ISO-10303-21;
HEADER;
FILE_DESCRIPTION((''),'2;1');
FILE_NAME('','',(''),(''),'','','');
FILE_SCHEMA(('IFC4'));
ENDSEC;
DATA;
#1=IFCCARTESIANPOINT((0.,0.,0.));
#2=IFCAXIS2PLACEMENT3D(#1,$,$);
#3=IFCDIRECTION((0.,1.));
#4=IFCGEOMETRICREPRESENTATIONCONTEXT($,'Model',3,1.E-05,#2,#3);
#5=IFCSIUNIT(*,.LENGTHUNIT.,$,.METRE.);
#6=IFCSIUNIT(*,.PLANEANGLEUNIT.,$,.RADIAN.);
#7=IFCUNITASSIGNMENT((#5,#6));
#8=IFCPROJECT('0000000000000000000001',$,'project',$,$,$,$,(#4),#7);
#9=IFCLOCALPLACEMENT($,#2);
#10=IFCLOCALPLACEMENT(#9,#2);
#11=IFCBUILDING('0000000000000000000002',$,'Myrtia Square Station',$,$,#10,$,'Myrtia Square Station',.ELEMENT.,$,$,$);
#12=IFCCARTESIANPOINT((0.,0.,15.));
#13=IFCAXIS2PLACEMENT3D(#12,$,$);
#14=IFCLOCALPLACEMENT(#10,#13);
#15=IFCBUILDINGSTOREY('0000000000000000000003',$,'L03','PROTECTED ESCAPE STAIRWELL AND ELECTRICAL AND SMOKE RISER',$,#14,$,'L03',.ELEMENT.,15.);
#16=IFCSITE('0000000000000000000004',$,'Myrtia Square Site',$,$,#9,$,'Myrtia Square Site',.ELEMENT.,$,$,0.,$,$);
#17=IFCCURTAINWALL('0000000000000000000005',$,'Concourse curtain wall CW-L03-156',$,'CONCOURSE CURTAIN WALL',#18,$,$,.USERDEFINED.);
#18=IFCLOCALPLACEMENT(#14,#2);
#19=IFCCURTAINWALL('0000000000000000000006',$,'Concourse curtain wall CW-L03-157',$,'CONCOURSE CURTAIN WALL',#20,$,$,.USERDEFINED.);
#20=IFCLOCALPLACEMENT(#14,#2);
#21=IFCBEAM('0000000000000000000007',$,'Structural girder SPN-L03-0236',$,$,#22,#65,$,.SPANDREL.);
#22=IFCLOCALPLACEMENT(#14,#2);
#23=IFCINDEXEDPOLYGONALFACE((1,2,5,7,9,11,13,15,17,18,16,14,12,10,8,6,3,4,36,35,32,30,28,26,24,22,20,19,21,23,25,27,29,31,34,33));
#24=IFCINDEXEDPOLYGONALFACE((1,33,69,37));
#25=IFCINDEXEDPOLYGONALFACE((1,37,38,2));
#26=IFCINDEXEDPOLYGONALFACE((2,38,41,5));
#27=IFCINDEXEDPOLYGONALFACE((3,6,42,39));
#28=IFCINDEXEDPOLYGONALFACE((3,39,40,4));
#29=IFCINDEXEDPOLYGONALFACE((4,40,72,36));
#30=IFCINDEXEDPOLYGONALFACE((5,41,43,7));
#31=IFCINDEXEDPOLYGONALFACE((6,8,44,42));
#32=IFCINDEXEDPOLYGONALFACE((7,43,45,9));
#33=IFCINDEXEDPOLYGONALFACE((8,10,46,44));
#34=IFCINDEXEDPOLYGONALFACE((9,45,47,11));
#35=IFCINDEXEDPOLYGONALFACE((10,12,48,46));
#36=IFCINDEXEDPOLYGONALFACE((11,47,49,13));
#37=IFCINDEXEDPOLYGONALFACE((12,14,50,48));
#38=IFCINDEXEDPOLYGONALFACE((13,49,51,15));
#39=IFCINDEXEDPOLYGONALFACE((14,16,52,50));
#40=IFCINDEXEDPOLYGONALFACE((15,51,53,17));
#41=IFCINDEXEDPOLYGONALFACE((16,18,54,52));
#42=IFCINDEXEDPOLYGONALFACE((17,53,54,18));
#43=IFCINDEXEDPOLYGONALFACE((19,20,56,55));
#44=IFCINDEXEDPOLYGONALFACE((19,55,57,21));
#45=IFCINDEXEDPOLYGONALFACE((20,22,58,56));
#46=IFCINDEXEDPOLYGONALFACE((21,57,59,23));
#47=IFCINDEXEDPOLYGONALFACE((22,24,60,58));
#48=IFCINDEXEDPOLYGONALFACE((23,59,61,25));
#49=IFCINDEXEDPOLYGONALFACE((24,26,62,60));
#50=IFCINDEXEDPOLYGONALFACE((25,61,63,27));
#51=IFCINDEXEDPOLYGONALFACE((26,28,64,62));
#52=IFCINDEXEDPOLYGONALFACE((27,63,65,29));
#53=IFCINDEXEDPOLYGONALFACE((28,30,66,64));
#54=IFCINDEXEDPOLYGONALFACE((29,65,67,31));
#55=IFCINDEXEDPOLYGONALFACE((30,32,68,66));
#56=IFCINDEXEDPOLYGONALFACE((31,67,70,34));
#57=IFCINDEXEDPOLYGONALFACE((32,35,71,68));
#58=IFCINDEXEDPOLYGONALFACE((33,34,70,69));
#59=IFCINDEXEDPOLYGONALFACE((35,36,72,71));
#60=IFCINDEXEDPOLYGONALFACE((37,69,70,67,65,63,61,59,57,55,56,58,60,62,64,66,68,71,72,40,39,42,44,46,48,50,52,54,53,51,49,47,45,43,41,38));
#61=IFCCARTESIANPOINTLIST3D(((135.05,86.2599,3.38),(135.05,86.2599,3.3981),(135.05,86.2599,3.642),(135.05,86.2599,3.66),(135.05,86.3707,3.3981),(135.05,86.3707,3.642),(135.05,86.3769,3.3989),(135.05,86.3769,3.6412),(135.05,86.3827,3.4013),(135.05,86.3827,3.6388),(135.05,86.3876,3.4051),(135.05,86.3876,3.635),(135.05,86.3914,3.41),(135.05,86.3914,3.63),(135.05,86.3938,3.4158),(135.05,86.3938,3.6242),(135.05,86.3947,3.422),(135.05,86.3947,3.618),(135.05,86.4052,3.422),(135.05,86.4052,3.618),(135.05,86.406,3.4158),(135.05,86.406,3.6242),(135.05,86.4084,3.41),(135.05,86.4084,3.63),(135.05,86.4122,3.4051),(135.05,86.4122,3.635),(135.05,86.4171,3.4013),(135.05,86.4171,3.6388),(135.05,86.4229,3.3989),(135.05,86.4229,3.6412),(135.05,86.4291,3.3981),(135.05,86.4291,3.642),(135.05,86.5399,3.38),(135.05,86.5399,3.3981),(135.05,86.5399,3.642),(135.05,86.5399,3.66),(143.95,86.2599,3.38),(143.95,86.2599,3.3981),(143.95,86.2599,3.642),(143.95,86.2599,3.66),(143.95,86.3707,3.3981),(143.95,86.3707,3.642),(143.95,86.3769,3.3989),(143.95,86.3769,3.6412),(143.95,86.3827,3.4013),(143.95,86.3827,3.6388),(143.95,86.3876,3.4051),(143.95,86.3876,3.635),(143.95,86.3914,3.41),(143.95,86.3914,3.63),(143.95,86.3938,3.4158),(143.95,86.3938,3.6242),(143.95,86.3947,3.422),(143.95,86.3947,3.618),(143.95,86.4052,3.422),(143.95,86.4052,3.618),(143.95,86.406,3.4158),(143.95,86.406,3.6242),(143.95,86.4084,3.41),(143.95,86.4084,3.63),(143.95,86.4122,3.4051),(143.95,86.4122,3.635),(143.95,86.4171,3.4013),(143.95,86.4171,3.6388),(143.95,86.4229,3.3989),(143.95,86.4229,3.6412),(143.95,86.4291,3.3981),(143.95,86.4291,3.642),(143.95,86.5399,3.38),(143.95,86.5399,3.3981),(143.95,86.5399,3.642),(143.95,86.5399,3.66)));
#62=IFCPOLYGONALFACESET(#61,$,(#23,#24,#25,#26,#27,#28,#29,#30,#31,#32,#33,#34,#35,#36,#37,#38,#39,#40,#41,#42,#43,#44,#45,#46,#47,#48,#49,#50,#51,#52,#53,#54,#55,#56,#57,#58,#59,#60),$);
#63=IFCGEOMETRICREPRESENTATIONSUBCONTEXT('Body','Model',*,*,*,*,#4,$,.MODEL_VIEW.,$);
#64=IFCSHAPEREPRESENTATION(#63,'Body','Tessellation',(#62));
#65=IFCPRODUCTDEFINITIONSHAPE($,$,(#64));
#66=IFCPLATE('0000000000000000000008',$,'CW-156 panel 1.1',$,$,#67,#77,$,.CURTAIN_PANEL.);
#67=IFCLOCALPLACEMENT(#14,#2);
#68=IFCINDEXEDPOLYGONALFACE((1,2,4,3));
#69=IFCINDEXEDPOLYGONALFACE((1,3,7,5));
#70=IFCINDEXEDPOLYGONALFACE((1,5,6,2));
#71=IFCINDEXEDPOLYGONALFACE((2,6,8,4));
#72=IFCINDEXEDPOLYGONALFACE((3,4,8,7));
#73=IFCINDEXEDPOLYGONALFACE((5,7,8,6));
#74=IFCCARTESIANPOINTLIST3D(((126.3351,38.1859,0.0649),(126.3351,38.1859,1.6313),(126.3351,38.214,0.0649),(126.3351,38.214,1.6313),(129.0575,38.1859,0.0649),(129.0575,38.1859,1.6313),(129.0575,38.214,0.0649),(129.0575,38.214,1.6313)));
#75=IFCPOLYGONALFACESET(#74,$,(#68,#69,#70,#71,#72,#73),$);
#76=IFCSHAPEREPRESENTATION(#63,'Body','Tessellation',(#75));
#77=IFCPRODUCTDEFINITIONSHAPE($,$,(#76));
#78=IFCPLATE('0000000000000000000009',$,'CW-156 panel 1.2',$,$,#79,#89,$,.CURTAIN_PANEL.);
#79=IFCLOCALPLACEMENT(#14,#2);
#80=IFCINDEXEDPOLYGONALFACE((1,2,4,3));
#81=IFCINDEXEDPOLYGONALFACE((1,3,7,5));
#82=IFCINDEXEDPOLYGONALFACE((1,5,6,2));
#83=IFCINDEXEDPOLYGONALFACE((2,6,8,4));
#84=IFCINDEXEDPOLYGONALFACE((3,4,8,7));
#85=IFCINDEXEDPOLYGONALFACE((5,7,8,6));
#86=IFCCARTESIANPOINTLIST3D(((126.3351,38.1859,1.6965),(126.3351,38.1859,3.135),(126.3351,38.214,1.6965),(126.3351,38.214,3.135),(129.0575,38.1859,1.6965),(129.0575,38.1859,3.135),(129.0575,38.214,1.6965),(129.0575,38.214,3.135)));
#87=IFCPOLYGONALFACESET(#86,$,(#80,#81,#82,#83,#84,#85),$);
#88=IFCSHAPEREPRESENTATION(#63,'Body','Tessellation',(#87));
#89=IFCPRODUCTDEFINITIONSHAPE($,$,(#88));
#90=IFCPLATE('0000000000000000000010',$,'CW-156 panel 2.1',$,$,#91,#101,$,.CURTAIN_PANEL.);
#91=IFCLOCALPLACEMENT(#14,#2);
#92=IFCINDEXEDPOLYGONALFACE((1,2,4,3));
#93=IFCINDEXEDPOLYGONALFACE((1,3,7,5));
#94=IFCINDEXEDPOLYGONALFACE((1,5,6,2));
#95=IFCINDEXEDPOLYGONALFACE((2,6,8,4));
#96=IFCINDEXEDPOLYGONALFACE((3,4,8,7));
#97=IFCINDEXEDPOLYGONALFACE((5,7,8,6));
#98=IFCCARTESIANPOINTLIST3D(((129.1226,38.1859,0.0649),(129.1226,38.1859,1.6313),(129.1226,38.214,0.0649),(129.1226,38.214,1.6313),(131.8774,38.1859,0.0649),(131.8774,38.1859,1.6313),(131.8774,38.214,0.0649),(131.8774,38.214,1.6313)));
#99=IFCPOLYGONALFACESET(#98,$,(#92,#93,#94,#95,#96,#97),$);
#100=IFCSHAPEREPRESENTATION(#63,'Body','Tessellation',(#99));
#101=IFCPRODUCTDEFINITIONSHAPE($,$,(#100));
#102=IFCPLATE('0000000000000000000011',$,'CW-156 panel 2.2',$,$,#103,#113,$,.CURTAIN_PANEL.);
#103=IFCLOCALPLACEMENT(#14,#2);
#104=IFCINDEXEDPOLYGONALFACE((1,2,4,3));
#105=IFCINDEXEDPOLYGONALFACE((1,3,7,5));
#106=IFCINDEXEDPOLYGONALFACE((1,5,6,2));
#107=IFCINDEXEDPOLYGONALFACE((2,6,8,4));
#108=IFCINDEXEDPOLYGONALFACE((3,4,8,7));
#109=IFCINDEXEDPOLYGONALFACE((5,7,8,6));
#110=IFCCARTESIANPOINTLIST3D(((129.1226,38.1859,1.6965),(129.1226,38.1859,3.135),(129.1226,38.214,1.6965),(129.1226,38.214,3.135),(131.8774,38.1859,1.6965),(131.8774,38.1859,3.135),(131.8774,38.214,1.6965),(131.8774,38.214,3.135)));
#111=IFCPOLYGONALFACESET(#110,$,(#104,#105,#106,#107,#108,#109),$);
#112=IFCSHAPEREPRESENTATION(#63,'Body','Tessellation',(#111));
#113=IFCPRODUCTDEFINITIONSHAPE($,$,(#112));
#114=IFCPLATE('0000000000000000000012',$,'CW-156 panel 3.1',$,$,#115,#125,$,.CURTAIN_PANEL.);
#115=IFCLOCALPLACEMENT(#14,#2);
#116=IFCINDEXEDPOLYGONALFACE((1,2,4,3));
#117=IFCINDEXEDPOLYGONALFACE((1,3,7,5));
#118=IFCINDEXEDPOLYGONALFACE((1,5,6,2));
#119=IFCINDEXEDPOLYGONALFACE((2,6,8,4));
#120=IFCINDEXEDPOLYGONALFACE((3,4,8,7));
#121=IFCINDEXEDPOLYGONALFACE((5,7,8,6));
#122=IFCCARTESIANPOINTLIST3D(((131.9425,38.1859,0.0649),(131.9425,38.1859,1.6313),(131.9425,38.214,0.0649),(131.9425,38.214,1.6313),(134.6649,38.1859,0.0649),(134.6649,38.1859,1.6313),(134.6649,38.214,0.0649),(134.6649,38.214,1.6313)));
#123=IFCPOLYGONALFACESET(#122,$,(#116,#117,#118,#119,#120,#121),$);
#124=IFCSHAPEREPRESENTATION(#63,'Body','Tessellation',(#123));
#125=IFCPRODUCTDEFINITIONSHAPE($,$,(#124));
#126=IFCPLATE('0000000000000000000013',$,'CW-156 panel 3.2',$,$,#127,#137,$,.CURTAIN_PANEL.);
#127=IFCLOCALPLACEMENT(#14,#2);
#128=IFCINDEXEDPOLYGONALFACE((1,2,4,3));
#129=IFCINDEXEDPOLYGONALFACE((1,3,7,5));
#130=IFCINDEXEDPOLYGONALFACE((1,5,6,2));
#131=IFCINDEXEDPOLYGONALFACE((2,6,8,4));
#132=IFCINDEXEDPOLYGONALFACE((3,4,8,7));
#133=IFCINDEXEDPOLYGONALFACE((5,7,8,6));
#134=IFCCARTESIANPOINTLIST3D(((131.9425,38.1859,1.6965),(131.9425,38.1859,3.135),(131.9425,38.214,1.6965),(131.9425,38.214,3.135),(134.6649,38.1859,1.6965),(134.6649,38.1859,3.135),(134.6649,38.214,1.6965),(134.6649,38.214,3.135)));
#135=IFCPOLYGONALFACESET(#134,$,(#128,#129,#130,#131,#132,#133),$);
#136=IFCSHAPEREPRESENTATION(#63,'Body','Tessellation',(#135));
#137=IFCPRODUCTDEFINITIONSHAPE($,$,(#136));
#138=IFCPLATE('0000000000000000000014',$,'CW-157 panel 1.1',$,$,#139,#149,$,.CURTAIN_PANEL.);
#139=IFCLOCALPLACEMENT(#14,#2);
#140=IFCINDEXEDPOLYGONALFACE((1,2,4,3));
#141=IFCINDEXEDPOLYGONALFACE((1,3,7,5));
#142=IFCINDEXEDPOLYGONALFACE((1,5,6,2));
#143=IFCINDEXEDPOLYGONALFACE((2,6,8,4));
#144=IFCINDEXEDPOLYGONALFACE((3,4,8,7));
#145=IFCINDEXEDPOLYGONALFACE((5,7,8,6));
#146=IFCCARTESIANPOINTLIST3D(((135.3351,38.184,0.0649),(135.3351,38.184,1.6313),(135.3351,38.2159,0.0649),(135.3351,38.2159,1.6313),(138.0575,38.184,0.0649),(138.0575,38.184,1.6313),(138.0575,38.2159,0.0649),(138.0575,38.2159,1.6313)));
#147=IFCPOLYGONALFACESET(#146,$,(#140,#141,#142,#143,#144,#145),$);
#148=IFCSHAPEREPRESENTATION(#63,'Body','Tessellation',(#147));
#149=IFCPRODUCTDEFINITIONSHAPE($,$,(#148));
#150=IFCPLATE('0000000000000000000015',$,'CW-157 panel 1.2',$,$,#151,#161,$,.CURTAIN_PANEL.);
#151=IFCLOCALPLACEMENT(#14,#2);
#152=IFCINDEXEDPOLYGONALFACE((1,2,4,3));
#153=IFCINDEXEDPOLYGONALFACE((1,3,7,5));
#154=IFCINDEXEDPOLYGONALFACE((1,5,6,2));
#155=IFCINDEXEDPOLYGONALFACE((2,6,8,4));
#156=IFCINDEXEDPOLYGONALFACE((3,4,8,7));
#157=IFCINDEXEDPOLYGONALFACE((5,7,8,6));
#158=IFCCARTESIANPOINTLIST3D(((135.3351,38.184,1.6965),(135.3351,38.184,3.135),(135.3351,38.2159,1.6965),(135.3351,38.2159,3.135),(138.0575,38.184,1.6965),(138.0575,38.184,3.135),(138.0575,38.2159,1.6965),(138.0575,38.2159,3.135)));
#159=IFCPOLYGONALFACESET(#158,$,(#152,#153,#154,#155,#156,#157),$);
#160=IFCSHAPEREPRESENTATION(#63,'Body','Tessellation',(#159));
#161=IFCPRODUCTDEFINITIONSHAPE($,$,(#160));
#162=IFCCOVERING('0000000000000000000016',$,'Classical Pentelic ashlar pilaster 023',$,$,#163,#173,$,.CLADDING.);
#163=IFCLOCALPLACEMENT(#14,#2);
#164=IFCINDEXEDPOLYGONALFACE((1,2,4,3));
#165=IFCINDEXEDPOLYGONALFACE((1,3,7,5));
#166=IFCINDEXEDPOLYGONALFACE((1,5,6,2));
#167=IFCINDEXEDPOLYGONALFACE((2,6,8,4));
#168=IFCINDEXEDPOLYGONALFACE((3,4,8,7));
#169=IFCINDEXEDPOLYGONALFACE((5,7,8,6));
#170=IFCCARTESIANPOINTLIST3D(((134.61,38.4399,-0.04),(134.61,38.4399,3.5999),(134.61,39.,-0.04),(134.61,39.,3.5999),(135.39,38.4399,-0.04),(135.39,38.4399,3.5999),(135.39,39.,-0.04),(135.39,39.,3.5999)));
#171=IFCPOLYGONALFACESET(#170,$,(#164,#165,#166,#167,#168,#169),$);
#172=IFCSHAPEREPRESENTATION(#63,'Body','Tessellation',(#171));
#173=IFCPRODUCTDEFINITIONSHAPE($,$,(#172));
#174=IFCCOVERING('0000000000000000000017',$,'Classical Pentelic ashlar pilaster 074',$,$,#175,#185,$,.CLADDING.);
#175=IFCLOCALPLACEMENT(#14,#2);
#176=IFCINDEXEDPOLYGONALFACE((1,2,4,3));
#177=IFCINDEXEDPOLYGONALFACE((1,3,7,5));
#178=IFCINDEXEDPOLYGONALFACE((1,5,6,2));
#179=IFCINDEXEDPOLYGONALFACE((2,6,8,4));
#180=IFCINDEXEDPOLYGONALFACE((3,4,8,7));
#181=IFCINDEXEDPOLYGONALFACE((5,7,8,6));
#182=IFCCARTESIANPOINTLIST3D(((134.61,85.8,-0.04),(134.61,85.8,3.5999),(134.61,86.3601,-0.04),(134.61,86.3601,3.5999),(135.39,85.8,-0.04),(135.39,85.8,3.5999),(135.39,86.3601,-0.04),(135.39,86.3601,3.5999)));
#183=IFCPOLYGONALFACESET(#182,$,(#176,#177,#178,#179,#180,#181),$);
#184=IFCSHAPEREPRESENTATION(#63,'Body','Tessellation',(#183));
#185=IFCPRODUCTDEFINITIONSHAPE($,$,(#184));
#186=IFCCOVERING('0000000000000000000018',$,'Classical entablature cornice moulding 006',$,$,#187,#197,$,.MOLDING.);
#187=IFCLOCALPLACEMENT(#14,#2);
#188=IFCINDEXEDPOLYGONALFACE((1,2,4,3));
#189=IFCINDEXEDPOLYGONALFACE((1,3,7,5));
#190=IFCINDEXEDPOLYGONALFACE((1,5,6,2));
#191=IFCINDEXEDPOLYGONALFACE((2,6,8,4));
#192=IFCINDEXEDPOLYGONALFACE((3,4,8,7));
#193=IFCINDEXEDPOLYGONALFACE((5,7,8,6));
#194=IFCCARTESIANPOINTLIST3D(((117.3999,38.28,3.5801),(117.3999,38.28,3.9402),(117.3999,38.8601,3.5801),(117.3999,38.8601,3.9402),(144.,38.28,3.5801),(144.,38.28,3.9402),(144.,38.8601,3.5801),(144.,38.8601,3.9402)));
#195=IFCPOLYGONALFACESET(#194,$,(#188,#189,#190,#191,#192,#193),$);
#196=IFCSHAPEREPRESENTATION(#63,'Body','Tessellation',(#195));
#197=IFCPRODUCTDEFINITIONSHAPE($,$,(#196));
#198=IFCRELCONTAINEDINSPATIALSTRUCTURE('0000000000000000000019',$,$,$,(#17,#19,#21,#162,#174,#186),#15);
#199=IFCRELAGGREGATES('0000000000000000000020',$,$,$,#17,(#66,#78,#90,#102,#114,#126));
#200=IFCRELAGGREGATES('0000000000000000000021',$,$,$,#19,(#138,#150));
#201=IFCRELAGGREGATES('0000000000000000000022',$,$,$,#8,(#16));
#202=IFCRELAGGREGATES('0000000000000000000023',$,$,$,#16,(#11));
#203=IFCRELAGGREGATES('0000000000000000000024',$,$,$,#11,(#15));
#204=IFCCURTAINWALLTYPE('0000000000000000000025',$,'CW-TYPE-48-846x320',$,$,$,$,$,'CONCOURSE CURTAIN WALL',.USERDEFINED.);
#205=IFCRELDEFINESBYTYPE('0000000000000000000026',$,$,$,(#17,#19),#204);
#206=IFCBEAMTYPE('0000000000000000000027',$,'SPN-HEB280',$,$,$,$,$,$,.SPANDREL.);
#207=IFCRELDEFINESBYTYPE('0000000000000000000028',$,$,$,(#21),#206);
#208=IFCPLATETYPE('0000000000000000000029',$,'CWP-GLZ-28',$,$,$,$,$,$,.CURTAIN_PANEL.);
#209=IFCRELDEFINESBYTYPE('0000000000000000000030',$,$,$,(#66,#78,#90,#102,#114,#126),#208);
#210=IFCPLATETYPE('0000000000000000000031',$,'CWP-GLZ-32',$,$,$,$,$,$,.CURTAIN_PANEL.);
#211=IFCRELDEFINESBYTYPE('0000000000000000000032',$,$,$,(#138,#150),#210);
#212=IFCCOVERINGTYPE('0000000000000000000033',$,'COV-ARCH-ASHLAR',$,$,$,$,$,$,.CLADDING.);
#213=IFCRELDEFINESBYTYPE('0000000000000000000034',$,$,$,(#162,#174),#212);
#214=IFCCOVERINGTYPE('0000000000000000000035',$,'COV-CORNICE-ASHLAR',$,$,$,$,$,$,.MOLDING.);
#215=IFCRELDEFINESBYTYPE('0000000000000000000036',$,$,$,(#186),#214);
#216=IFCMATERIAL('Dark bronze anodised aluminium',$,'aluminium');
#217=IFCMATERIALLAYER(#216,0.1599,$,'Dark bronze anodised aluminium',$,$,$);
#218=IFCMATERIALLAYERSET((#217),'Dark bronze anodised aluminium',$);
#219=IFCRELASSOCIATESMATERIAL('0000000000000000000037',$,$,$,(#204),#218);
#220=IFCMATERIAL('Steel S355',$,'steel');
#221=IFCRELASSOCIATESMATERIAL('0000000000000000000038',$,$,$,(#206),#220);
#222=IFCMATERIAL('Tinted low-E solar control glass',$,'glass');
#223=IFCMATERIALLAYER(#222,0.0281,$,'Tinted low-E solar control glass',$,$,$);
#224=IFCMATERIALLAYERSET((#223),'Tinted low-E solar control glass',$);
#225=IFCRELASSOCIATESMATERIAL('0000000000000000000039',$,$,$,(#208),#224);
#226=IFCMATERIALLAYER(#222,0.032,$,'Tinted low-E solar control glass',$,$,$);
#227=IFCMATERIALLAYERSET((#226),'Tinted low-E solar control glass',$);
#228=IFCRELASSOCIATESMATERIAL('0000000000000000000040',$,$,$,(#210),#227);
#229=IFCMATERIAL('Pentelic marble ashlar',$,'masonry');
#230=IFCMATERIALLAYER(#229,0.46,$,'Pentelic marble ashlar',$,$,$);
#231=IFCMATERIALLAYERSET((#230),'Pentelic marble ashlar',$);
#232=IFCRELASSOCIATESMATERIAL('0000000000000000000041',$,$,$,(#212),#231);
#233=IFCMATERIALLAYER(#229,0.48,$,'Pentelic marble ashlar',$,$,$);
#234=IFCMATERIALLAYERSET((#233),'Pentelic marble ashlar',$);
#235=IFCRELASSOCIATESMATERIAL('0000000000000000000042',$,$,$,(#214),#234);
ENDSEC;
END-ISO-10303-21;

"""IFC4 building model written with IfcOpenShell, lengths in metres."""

from ifc_helpers import new_model, si_unit, direction, frame, origin, origin_2d, place, context, subcontext, project, spatial, rectangle, i_section, extrude, material, layer, layer_set, material_profile, profile_set, type_object, element, aggregate, save


model = new_model("IFC4")

# Units and contexts
model_context = context("Model", 3, precision=1e-05, world=origin(), true_north=direction((0.0, 1.0)))
body_context = subcontext(model_context, "Body", "Model", "MODEL_VIEW")
ifc_project = project(units=[si_unit("LENGTHUNIT", "METRE"), si_unit("PLANEANGLEUNIT", "RADIAN")], contexts=[model_context])

# Site, building, storey
site_placement = place(None, origin())
site = spatial("IfcSite", under=ifc_project, at=site_placement, Name="Myrtia Square Site", LongName="Myrtia Square Site", CompositionType="ELEMENT", RefElevation=0.0)
building_placement = place(site_placement, origin())
building = spatial("IfcBuilding", under=site, at=building_placement, Name="Myrtia Square Station", LongName="Myrtia Square Station", CompositionType="ELEMENT")
storey_placement = place(building_placement, frame((0.0, 0.0, 15.0)))
storey = spatial("IfcBuildingStorey", under=building, at=storey_placement, Name="L03", Description="PROTECTED ESCAPE STAIRWELL AND ELECTRICAL AND SMOKE RISER", LongName="L03", CompositionType="ELEMENT", Elevation=15.0)

# Shared definitions
ifc_material_1 = material(Name="Steel S355", Category="steel")

# Curtain walls
ifc_material_2 = material(Name="Dark bronze anodised aluminium", Category="aluminium")
ifc_layer_1 = layer(ifc_material_2, 0.1599, Name="Dark bronze anodised aluminium")
ifc_layer_set_1 = layer_set([ifc_layer_1], Name="Dark bronze anodised aluminium")
curtain_wall_type = type_object("IfcCurtainWallType", Name="CW-TYPE-48-846x320", ElementType="CONCOURSE CURTAIN WALL", PredefinedType="USERDEFINED", material=ifc_layer_set_1)
curtain_wall_1_placement = place(storey_placement, origin())
curtain_wall_1 = element("IfcCurtainWall", 1, at=curtain_wall_1_placement, inside=storey, type_object=curtain_wall_type, Name="Concourse curtain wall CW-L03-156", ObjectType="CONCOURSE CURTAIN WALL", PredefinedType="USERDEFINED")
curtain_wall_2_placement = place(storey_placement, origin())
curtain_wall_2 = element("IfcCurtainWall", 2, at=curtain_wall_2_placement, inside=storey, type_object=curtain_wall_type, Name="Concourse curtain wall CW-L03-157", ObjectType="CONCOURSE CURTAIN WALL", PredefinedType="USERDEFINED")

# Beam
ifc_material_profile_1 = material_profile(ifc_material_1, i_section(OverallWidth=0.28, OverallDepth=0.28, WebThickness=0.0105, FlangeThickness=0.0181, FilletRadius=0.0239, at=origin_2d()), Name="HEB 280")
ifc_profile_set_1 = profile_set([ifc_material_profile_1], Name="Steel S355")
beam_type = type_object("IfcBeamType", Name="SPN-HEB280", PredefinedType="SPANDREL", material=ifc_profile_set_1)
for number, where, z_axis, x_axis, name in (
    (3, (135.05, 86.3999, 3.52), (1.0, 0.0, 0.0), (0.0, 1.0, 0.0), "Structural girder SPN-L03-0236"),
):
    element("IfcBeam", number, at=place(storey_placement, frame(where, z_axis=z_axis, x_axis=x_axis)), inside=storey, type_object=beam_type, Name=name, PredefinedType="SPANDREL", context=body_context, shape_type="SweptSolid", body=[
        extrude(i_section(OverallWidth=0.28, OverallDepth=0.28, WebThickness=0.0105, FlangeThickness=0.0181, FilletRadius=0.0239, at=origin_2d()), origin(), (0.0, 0.0, 1.0), 8.8999),
    ])

# Plates
ifc_material_3 = material(Name="Tinted low-E solar control glass", Category="glass")
ifc_layer_2 = layer(ifc_material_3, 0.0281, Name="Tinted low-E solar control glass")
ifc_layer_set_2 = layer_set([ifc_layer_2], Name="Tinted low-E solar control glass")
plate_type_1 = type_object("IfcPlateType", Name="CWP-GLZ-28", PredefinedType="CURTAIN_PANEL", material=ifc_layer_set_2)
plate_1_placement = place(storey_placement, frame((127.6963, 38.2, 0.0649), z_axis=(0.0, 0.0, 1.0), x_axis=(1.0, 0.0, 0.0)))
plate_1 = element("IfcPlate", 4, at=plate_1_placement, type_object=plate_type_1, Name="CW-156 panel 1.1", PredefinedType="CURTAIN_PANEL", context=body_context, shape_type="SweptSolid", body=[
    extrude(rectangle(XDim=2.7224, YDim=0.0281, at=origin_2d()), origin(), (0.0, 0.0, 1.0), 1.5664),
])
plate_2_placement = place(storey_placement, frame((127.6963, 38.2, 1.6965), z_axis=(0.0, 0.0, 1.0), x_axis=(1.0, 0.0, 0.0)))
plate_2 = element("IfcPlate", 5, at=plate_2_placement, type_object=plate_type_1, Name="CW-156 panel 1.2", PredefinedType="CURTAIN_PANEL", context=body_context, shape_type="SweptSolid", body=[
    extrude(rectangle(XDim=2.7224, YDim=0.0281, at=origin_2d()), origin(), (0.0, 0.0, 1.0), 1.4385),
])
plate_3_placement = place(storey_placement, frame((130.5, 38.2, 0.0649), z_axis=(0.0, 0.0, 1.0), x_axis=(1.0, 0.0, 0.0)))
plate_3 = element("IfcPlate", 6, at=plate_3_placement, type_object=plate_type_1, Name="CW-156 panel 2.1", PredefinedType="CURTAIN_PANEL", context=body_context, shape_type="SweptSolid", body=[
    extrude(rectangle(XDim=2.7549, YDim=0.0281, at=origin_2d()), origin(), (0.0, 0.0, 1.0), 1.5664),
])
plate_4_placement = place(storey_placement, frame((130.5, 38.2, 1.6965), z_axis=(0.0, 0.0, 1.0), x_axis=(1.0, 0.0, 0.0)))
plate_4 = element("IfcPlate", 7, at=plate_4_placement, type_object=plate_type_1, Name="CW-156 panel 2.2", PredefinedType="CURTAIN_PANEL", context=body_context, shape_type="SweptSolid", body=[
    extrude(rectangle(XDim=2.7549, YDim=0.0281, at=origin_2d()), origin(), (0.0, 0.0, 1.0), 1.4385),
])
plate_5_placement = place(storey_placement, frame((133.3037, 38.2, 0.0649), z_axis=(0.0, 0.0, 1.0), x_axis=(1.0, 0.0, 0.0)))
plate_5 = element("IfcPlate", 8, at=plate_5_placement, type_object=plate_type_1, Name="CW-156 panel 3.1", PredefinedType="CURTAIN_PANEL", context=body_context, shape_type="SweptSolid", body=[
    extrude(rectangle(XDim=2.7224, YDim=0.0281, at=origin_2d()), origin(), (0.0, 0.0, 1.0), 1.5664),
])
plate_6_placement = place(storey_placement, frame((133.3037, 38.2, 1.6965), z_axis=(0.0, 0.0, 1.0), x_axis=(1.0, 0.0, 0.0)))
plate_6 = element("IfcPlate", 9, at=plate_6_placement, type_object=plate_type_1, Name="CW-156 panel 3.2", PredefinedType="CURTAIN_PANEL", context=body_context, shape_type="SweptSolid", body=[
    extrude(rectangle(XDim=2.7224, YDim=0.0281, at=origin_2d()), origin(), (0.0, 0.0, 1.0), 1.4385),
])
aggregate(curtain_wall_1, [plate_1, plate_2, plate_3, plate_4, plate_5, plate_6])
ifc_layer_3 = layer(ifc_material_3, 0.032, Name="Tinted low-E solar control glass")
ifc_layer_set_3 = layer_set([ifc_layer_3], Name="Tinted low-E solar control glass")
plate_type_2 = type_object("IfcPlateType", Name="CWP-GLZ-32", PredefinedType="CURTAIN_PANEL", material=ifc_layer_set_3)
plate_7_placement = place(storey_placement, frame((136.6963, 38.2, 0.0649), z_axis=(0.0, 0.0, 1.0), x_axis=(1.0, 0.0, 0.0)))
plate_7 = element("IfcPlate", 10, at=plate_7_placement, type_object=plate_type_2, Name="CW-157 panel 1.1", PredefinedType="CURTAIN_PANEL", context=body_context, shape_type="SweptSolid", body=[
    extrude(rectangle(XDim=2.7224, YDim=0.032, at=origin_2d()), origin(), (0.0, 0.0, 1.0), 1.5664),
])
plate_8_placement = place(storey_placement, frame((136.6963, 38.2, 1.6965), z_axis=(0.0, 0.0, 1.0), x_axis=(1.0, 0.0, 0.0)))
plate_8 = element("IfcPlate", 11, at=plate_8_placement, type_object=plate_type_2, Name="CW-157 panel 1.2", PredefinedType="CURTAIN_PANEL", context=body_context, shape_type="SweptSolid", body=[
    extrude(rectangle(XDim=2.7224, YDim=0.032, at=origin_2d()), origin(), (0.0, 0.0, 1.0), 1.4385),
])
aggregate(curtain_wall_2, [plate_7, plate_8])

# Coverings
ifc_material_4 = material(Name="Pentelic marble ashlar", Category="masonry")
ifc_layer_4 = layer(ifc_material_4, 0.46, Name="Pentelic marble ashlar")
ifc_layer_set_4 = layer_set([ifc_layer_4], Name="Pentelic marble ashlar")
covering_type_1 = type_object("IfcCoveringType", Name="COV-ARCH-ASHLAR", PredefinedType="CLADDING", material=ifc_layer_set_4)
for number, where, z_axis, x_axis, name in (
    (12, (135.0, 38.72, -0.04), (0.0, 0.0, 1.0), (1.0, 0.0, 0.0), "Classical Pentelic ashlar pilaster 023"),
    (13, (135.0, 86.0801, -0.04), (0.0, 0.0, 1.0), (1.0, 0.0, 0.0), "Classical Pentelic ashlar pilaster 074"),
):
    element("IfcCovering", number, at=place(storey_placement, frame(where, z_axis=z_axis, x_axis=x_axis)), inside=storey, type_object=covering_type_1, Name=name, PredefinedType="CLADDING", context=body_context, shape_type="SweptSolid", body=[
        extrude(rectangle(XDim=0.78, YDim=0.5601, at=origin_2d()), origin(), (0.0, 0.0, 1.0), 3.6399),
    ])
ifc_layer_5 = layer(ifc_material_4, 0.48, Name="Pentelic marble ashlar")
ifc_layer_set_5 = layer_set([ifc_layer_5], Name="Pentelic marble ashlar")
covering_type_2 = type_object("IfcCoveringType", Name="COV-CORNICE-ASHLAR", PredefinedType="MOLDING", material=ifc_layer_set_5)
covering_placement = place(storey_placement, frame((130.7, 38.5701, 3.5801), z_axis=(0.0, 0.0, 1.0), x_axis=(1.0, 0.0, 0.0)))
element("IfcCovering", 14, at=covering_placement, inside=storey, type_object=covering_type_2, Name="Classical entablature cornice moulding 006", PredefinedType="MOLDING", context=body_context, shape_type="SweptSolid", body=[
    extrude(rectangle(XDim=26.6001, YDim=0.5801, at=origin_2d()), origin(), (0.0, 0.0, 1.0), 0.3601),
])

save(model, "model.ifc")
